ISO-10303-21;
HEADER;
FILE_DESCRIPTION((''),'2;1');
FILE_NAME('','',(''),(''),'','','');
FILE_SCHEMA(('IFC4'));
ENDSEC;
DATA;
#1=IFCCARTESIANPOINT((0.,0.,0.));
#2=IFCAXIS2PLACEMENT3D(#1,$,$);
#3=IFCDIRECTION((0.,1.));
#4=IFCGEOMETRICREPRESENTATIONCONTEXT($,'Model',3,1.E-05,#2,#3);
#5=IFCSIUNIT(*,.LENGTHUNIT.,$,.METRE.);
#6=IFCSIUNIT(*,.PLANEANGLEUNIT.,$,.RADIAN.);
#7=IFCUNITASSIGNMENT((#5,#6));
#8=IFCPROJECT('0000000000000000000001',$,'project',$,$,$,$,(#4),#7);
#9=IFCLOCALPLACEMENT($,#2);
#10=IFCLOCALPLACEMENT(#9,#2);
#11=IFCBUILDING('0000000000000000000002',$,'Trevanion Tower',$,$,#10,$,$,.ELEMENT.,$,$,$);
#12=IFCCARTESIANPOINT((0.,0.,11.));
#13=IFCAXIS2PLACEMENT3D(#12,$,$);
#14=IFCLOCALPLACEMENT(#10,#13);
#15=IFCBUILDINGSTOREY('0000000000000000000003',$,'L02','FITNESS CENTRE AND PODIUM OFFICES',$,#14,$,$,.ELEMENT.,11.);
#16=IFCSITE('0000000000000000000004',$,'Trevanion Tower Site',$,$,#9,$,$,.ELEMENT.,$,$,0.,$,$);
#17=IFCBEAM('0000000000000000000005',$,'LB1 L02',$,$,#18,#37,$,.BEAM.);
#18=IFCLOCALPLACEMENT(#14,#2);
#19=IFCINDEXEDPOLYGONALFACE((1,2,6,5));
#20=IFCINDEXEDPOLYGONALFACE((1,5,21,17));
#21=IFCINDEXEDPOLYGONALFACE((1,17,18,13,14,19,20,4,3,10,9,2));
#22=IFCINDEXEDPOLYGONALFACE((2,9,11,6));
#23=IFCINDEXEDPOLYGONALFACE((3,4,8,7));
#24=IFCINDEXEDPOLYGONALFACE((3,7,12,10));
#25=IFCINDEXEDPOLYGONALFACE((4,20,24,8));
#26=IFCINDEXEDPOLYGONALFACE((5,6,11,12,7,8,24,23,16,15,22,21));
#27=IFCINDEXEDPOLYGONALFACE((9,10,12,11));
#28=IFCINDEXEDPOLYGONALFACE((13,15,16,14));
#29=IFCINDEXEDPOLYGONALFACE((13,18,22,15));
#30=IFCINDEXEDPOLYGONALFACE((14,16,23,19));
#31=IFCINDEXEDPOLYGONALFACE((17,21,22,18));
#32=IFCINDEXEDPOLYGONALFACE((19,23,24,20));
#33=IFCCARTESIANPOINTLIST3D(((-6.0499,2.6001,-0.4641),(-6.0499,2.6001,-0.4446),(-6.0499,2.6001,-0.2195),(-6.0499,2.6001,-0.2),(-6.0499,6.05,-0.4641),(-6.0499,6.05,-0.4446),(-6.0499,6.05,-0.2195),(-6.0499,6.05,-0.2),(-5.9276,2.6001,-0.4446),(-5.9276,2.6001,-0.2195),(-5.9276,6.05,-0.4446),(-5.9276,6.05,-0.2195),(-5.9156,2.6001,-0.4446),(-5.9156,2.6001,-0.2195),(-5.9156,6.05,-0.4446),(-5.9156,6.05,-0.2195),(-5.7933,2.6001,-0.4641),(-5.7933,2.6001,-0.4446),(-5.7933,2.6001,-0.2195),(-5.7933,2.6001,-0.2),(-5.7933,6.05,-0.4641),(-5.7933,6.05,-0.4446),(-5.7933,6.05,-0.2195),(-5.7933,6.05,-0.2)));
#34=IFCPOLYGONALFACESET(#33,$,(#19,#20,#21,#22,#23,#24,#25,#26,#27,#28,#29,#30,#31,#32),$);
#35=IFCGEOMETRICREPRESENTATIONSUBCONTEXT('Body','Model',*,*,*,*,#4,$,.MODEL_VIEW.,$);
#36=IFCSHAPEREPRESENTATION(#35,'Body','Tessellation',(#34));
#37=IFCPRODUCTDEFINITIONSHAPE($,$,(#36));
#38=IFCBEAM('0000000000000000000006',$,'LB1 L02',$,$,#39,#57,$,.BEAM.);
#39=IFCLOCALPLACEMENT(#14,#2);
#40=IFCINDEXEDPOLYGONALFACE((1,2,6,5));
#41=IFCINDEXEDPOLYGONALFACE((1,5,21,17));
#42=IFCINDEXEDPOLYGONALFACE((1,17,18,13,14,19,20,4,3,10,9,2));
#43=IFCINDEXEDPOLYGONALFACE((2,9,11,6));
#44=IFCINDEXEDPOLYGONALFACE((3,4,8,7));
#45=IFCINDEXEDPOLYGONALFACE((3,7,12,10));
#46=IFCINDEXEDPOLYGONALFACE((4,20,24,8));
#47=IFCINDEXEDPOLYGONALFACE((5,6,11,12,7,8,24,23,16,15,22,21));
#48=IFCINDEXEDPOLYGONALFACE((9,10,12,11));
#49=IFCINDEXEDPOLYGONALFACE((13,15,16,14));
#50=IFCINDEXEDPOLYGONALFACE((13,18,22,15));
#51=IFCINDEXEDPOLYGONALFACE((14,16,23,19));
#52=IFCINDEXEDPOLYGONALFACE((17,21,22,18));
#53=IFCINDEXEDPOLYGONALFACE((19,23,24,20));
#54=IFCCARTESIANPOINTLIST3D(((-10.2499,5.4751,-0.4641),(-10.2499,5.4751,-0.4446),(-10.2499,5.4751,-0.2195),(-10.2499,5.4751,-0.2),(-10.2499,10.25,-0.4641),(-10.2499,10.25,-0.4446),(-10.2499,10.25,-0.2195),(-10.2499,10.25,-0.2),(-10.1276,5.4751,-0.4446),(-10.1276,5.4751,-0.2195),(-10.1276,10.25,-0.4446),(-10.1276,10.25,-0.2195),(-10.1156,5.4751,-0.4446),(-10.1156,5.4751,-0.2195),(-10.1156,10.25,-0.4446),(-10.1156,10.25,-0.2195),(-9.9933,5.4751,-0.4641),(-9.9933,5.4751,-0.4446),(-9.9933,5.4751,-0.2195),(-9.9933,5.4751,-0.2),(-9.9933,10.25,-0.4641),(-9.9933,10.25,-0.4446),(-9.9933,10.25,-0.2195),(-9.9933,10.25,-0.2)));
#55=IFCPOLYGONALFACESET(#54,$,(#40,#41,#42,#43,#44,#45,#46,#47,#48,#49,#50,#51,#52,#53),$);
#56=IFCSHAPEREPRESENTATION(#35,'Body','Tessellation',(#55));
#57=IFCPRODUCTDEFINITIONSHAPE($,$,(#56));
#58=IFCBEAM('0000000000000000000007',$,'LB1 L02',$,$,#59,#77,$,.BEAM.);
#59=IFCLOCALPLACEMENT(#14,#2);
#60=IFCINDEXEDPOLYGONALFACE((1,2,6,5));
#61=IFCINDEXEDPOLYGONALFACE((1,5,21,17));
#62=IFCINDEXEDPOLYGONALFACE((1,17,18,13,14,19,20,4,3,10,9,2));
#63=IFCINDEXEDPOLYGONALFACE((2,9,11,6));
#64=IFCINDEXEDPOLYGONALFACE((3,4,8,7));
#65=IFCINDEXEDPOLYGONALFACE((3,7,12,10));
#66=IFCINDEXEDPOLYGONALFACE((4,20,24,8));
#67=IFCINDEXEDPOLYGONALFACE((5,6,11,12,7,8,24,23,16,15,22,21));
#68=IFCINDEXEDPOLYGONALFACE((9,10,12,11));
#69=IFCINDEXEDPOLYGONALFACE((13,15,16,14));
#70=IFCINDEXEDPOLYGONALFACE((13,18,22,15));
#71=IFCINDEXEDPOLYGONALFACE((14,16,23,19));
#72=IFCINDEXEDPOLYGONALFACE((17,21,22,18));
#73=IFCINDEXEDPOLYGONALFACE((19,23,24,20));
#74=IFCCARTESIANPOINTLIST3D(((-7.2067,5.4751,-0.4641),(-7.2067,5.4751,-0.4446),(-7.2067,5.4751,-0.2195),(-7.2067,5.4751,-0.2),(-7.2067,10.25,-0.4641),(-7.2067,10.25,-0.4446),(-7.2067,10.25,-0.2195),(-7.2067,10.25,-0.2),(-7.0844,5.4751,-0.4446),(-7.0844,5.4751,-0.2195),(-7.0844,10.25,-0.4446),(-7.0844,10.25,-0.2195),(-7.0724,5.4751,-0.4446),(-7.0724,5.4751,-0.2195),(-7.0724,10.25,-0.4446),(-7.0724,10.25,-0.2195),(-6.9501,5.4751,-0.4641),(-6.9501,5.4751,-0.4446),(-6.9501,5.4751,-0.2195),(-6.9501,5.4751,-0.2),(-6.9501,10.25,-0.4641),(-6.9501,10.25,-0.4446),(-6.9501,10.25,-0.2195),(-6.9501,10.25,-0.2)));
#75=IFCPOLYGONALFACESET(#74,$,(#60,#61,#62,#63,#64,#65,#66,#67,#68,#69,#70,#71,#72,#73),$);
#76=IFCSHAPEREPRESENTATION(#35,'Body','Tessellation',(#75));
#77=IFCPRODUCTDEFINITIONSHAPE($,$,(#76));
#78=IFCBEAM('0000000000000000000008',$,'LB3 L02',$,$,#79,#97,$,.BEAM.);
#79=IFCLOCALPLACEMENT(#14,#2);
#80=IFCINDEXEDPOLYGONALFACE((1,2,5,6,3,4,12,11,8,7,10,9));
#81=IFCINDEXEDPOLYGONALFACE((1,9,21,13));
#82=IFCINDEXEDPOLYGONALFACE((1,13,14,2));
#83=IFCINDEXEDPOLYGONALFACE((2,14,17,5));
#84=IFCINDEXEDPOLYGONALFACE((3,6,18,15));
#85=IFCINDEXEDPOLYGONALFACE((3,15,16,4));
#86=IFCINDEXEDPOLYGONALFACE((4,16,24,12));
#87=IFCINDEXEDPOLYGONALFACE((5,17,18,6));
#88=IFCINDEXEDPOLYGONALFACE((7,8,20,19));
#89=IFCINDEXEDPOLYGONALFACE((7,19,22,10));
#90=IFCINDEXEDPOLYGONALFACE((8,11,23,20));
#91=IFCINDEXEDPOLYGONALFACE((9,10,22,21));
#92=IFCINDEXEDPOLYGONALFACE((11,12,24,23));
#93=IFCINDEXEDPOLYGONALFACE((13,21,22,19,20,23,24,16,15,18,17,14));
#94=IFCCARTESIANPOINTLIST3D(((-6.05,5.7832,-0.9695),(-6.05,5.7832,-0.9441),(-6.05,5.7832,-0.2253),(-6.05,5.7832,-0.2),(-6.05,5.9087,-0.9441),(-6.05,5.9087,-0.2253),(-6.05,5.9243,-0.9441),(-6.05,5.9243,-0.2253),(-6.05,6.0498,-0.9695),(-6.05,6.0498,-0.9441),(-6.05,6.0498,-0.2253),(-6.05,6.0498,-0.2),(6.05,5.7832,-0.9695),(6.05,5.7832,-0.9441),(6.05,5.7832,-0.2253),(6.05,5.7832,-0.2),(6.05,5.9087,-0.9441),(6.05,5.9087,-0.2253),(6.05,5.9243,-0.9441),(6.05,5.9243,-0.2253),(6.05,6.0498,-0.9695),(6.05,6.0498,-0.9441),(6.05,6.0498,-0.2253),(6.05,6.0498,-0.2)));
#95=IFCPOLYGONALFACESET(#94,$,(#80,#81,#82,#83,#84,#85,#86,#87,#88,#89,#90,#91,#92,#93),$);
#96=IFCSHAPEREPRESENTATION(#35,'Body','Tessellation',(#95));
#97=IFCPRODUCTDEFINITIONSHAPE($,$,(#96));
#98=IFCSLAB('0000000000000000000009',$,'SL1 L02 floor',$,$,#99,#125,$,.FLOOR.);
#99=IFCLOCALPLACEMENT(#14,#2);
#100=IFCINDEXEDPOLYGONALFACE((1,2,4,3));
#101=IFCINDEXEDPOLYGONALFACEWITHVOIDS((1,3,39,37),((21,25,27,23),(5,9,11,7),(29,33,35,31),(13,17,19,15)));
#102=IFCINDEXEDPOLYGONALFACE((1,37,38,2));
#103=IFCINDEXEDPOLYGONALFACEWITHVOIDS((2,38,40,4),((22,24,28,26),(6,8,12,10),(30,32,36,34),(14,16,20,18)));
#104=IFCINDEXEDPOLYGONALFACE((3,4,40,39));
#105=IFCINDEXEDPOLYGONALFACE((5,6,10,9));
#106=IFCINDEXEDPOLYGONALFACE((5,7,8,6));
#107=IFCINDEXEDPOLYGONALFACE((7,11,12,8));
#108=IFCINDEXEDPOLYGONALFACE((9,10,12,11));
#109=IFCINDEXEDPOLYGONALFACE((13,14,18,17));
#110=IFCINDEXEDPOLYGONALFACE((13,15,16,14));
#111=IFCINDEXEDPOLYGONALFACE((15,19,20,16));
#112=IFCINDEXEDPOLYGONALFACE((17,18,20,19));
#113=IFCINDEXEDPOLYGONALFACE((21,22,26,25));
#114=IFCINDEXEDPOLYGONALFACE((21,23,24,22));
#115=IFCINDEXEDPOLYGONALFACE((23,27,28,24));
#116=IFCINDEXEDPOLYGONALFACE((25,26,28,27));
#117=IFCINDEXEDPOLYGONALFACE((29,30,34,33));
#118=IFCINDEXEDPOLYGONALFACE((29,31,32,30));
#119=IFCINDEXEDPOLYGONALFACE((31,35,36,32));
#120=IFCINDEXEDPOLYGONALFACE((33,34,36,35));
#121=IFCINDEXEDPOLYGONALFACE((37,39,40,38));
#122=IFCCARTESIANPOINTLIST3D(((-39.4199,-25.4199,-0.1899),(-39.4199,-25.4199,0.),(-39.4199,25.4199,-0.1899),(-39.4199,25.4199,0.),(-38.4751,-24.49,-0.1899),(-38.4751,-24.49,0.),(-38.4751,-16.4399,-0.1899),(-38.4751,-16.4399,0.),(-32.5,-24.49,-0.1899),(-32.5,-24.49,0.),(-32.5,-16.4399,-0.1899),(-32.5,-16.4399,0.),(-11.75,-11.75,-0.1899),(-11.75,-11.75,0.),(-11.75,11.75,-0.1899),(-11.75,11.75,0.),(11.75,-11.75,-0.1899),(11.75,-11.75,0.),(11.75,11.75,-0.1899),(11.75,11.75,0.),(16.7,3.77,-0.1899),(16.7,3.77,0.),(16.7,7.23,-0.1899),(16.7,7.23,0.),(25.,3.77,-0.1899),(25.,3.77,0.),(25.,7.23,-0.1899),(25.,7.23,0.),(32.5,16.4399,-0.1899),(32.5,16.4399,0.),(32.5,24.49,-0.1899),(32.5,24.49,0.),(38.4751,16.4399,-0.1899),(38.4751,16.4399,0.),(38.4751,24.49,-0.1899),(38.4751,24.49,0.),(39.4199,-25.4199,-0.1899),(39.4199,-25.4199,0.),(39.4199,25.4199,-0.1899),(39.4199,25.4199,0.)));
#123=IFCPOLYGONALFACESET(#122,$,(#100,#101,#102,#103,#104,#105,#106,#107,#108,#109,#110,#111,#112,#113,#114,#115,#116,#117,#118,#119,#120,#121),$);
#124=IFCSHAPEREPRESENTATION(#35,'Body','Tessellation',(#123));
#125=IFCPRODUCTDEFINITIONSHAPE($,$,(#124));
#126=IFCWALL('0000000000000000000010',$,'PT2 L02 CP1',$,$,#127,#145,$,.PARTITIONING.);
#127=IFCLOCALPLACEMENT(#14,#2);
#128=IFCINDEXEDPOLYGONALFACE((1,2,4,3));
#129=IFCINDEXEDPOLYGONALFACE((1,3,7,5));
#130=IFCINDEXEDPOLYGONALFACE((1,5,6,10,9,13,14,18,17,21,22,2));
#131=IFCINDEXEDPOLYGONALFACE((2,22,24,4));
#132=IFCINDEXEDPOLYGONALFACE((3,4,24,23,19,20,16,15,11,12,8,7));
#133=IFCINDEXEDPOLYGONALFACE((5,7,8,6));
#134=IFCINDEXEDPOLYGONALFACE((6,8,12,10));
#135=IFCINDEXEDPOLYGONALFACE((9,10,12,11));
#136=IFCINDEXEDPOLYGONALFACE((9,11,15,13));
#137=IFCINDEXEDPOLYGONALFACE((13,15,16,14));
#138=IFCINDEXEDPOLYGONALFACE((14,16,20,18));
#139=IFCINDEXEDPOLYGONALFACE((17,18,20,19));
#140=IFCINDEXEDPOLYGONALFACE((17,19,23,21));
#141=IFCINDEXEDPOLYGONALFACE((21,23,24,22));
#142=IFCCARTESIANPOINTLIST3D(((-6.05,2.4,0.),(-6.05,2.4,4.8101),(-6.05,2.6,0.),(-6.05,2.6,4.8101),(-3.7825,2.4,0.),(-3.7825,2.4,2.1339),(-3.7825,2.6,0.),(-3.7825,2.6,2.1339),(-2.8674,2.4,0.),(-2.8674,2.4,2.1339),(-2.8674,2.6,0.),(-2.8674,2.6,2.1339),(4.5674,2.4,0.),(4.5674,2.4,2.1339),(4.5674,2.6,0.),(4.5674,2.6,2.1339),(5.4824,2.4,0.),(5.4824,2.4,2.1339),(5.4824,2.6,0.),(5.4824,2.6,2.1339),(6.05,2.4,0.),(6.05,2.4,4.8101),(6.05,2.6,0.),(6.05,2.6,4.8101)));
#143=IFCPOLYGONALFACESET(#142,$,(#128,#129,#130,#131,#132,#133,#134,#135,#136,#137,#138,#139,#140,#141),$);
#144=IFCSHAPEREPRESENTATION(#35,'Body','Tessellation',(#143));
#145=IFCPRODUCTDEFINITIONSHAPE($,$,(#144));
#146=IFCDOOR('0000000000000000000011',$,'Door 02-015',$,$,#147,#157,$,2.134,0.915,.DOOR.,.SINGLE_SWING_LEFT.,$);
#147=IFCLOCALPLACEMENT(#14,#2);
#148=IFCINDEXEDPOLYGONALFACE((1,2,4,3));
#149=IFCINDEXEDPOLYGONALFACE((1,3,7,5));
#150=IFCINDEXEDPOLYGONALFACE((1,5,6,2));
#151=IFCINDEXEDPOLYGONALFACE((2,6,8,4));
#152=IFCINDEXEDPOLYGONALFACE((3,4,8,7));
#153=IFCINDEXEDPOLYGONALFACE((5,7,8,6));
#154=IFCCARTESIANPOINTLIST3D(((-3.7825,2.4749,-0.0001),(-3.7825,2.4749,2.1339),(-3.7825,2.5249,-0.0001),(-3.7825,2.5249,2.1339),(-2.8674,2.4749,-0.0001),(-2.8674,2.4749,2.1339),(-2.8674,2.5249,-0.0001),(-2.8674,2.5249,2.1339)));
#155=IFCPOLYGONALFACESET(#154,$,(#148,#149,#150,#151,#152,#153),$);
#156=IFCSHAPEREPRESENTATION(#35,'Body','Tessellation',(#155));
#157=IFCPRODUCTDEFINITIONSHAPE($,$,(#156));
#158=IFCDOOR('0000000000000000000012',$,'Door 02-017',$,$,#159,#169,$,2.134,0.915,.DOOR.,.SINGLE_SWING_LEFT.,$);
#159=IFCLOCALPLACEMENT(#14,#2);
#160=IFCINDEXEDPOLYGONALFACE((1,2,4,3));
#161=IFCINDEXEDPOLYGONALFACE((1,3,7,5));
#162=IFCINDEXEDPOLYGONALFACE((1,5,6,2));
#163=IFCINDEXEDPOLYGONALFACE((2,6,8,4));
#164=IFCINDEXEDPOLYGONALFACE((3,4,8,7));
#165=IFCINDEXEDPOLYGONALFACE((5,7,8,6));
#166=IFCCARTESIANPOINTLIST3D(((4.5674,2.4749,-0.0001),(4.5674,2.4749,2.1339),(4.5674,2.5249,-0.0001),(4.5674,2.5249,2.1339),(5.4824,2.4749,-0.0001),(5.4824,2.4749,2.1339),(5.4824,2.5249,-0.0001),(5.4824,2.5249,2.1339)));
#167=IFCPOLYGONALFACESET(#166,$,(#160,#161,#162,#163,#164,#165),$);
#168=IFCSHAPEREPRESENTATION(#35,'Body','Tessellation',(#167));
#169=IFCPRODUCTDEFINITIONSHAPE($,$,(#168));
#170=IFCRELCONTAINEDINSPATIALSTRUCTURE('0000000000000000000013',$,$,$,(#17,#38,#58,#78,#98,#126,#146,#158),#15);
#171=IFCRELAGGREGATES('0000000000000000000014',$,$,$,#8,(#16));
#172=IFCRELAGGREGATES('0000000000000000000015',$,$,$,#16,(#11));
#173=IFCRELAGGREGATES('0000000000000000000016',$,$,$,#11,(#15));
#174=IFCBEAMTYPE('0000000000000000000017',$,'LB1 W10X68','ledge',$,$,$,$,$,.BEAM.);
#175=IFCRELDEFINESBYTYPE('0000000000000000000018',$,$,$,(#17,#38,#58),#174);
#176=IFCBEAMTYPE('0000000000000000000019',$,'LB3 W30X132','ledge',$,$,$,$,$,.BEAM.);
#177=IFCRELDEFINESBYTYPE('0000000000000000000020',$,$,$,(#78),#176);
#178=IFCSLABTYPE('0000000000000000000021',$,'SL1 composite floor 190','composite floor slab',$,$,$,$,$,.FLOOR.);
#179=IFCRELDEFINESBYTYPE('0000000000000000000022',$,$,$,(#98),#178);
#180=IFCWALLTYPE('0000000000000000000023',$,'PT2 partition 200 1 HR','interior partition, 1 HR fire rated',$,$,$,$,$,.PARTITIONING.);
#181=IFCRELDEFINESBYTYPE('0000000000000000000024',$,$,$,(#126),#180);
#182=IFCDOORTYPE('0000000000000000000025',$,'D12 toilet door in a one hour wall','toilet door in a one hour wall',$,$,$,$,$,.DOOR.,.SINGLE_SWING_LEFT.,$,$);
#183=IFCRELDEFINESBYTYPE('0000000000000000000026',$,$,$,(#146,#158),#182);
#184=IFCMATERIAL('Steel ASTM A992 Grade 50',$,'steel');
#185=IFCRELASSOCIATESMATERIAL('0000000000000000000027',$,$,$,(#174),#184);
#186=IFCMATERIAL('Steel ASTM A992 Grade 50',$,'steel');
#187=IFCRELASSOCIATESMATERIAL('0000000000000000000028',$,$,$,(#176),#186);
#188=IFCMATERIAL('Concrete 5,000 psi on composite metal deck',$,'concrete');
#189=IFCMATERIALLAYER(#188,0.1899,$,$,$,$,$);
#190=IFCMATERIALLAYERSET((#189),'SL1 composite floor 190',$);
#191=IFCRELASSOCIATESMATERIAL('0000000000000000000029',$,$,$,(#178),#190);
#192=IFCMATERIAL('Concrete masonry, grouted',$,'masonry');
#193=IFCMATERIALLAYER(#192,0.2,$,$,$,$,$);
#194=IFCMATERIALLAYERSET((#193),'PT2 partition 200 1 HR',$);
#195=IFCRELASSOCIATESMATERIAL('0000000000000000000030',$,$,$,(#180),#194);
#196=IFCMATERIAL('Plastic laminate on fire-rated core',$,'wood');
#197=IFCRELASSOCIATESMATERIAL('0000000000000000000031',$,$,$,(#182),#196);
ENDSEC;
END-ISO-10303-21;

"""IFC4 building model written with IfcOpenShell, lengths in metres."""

from ifc_helpers import new_model, si_unit, direction, frame, frame_2d, origin, origin_2d, place, context, subcontext, project, spatial, polyline, rectangle, i_section, outline, extrude, material, layer, layer_set, material_profile, profile_set, type_object, element, fill, save


model = new_model("IFC4")

# Units and contexts
model_context = context("Model", 3, precision=1e-05, world=origin(), true_north=direction((0.0, 1.0)))
body_context = subcontext(model_context, "Body", "Model", "MODEL_VIEW")
ifc_project = project(units=[si_unit("LENGTHUNIT", "METRE"), si_unit("PLANEANGLEUNIT", "RADIAN")], contexts=[model_context])

# Site, building, storey
site_placement = place(None, origin())
site = spatial("IfcSite", under=ifc_project, at=site_placement, Name="Trevanion Tower Site", CompositionType="ELEMENT", RefElevation=0.0)
building_placement = place(site_placement, origin())
building = spatial("IfcBuilding", under=site, at=building_placement, Name="Trevanion Tower", CompositionType="ELEMENT")
storey_placement = place(building_placement, frame((0.0, 0.0, 11.0)))
storey = spatial("IfcBuildingStorey", under=building, at=storey_placement, Name="L02", Description="FITNESS CENTRE AND PODIUM OFFICES", CompositionType="ELEMENT", Elevation=11.0)

# Beams
ifc_material_1 = material(Name="Steel ASTM A992 Grade 50", Category="steel")
ifc_material_profile_1 = material_profile(ifc_material_1, i_section(OverallWidth=0.2566, OverallDepth=0.2642, WebThickness=0.012, FlangeThickness=0.0195, at=origin_2d()), Name="W10X68")
ifc_profile_set_1 = profile_set([ifc_material_profile_1], Name="Steel ASTM A992 Grade 50")
beam_type_1 = type_object("IfcBeamType", Name="LB1 W10X68", Description="ledge", PredefinedType="BEAM", material=ifc_profile_set_1)
beam_1_placement = place(storey_placement, frame((-5.9216, 2.6001, -0.332), z_axis=(0.0, 1.0, 0.0), x_axis=(-1.0, 0.0, 0.0)))
element("IfcBeam", 1, at=beam_1_placement, inside=storey, type_object=beam_type_1, Name="LB1 L02", PredefinedType="BEAM", context=body_context, shape_type="SweptSolid", body=[
    extrude(i_section(OverallWidth=0.2566, OverallDepth=0.2642, WebThickness=0.012, FlangeThickness=0.0195, at=origin_2d()), origin(), (0.0, 0.0, 1.0), 3.45),
])
for number, where, z_axis, x_axis, name in (
    (2, (-10.1216, 5.4751, -0.332), (0.0, 1.0, 0.0), (-1.0, 0.0, 0.0), "LB1 L02"),
    (3, (-7.0784, 5.4751, -0.332), (0.0, 1.0, 0.0), (-1.0, 0.0, 0.0), "LB1 L02"),
):
    element("IfcBeam", number, at=place(storey_placement, frame(where, z_axis=z_axis, x_axis=x_axis)), inside=storey, type_object=beam_type_1, Name=name, PredefinedType="BEAM", context=body_context, shape_type="SweptSolid", body=[
        extrude(i_section(OverallWidth=0.2566, OverallDepth=0.2642, WebThickness=0.012, FlangeThickness=0.0195, at=origin_2d()), origin(), (0.0, 0.0, 1.0), 4.7749),
    ])
ifc_material_2 = material(Name="Steel ASTM A992 Grade 50", Category="steel")
ifc_material_profile_2 = material_profile(ifc_material_2, i_section(OverallWidth=0.2666, OverallDepth=0.7695, WebThickness=0.0156, FlangeThickness=0.0254, at=origin_2d()), Name="W30X132")
ifc_profile_set_2 = profile_set([ifc_material_profile_2], Name="Steel ASTM A992 Grade 50")
beam_type_2 = type_object("IfcBeamType", Name="LB3 W30X132", Description="ledge", PredefinedType="BEAM", material=ifc_profile_set_2)
beam_2_placement = place(storey_placement, frame((-6.05, 5.9165, -0.5847), z_axis=(1.0, 0.0, 0.0), x_axis=(0.0, 1.0, 0.0)))
element("IfcBeam", 4, at=beam_2_placement, inside=storey, type_object=beam_type_2, Name="LB3 L02", PredefinedType="BEAM", context=body_context, shape_type="SweptSolid", body=[
    extrude(i_section(OverallWidth=0.2666, OverallDepth=0.7695, WebThickness=0.0156, FlangeThickness=0.0254, at=origin_2d()), origin(), (0.0, 0.0, 1.0), 12.1001),
])

# Slab
ifc_material_3 = material(Name="Concrete 5,000 psi on composite metal deck", Category="concrete")
ifc_layer_1 = layer(ifc_material_3, 0.1899)
ifc_layer_set_1 = layer_set([ifc_layer_1], Name="SL1 composite floor 190")
slab_type = type_object("IfcSlabType", Name="SL1 composite floor 190", Description="composite floor slab", PredefinedType="FLOOR", material=ifc_layer_set_1)
slab_placement = place(storey_placement, frame((0.0, 0.0, -0.1899)))
element("IfcSlab", 5, at=slab_placement, inside=storey, type_object=slab_type, Name="SL1 L02 floor", PredefinedType="FLOOR", context=body_context, shape_type="SweptSolid", body=[
    extrude(outline(polyline([(39.4199, -25.4199), (39.4199, 25.4199), (-39.4199, 25.4199), (-39.4199, -25.4199), (39.4199, -25.4199)]), holes=[polyline([(11.75, -11.75), (11.75, 11.75), (-11.75, 11.75), (-11.75, -11.75), (11.75, -11.75)]), polyline([(32.5, 16.4399), (38.4751, 16.4399), (38.4751, 24.49), (32.5, 24.49), (32.5, 16.4399)]), polyline([(-32.5, -16.4399), (-38.4751, -16.4399), (-38.4751, -24.49), (-32.5, -24.49), (-32.5, -16.4399)]), polyline([(16.7, 3.77), (25.0, 3.77), (25.0, 7.23), (16.7, 7.23), (16.7, 3.77)])]), origin(), (0.0, 0.0, 1.0), 0.1899),
])

# Wall, openings, doors
ifc_material_4 = material(Name="Concrete masonry, grouted", Category="masonry")
ifc_layer_2 = layer(ifc_material_4, 0.2)
ifc_layer_set_2 = layer_set([ifc_layer_2], Name="PT2 partition 200 1 HR")
wall_type_1 = type_object("IfcWallType", Name="PT2 partition 200 1 HR", Description="interior partition, 1 HR fire rated", PredefinedType="PARTITIONING", material=ifc_layer_set_2)
wall_1_placement = place(storey_placement, frame((-6.05, 2.5, 0.0), z_axis=(0.0, 0.0, 1.0), x_axis=(1.0, 0.0, 0.0)))
wall_1 = element("IfcWall", 6, at=wall_1_placement, inside=storey, type_object=wall_type_1, Name="PT2 L02 CP1", PredefinedType="PARTITIONING", context=body_context, shape_type="SweptSolid", body=[
    extrude(rectangle(XDim=12.1001, YDim=0.2, at=frame_2d((6.05, 0.0))), origin(), (0.0, 0.0, 1.0), 4.8101),
])
opening_1_placement = place(wall_1_placement, frame((2.2676, 0.0, 0.0)))
opening_1 = element("IfcOpeningElement", 7, at=opening_1_placement, cuts=wall_1, PredefinedType="OPENING", context=body_context, shape_type="SweptSolid", body=[
    extrude(rectangle(XDim=0.915, YDim=2.134, at=frame_2d((0.4575, 1.0669))), frame((0.0, 0.1099, 0.0), z_axis=(0.0, -1.0, 0.0), x_axis=(1.0, 0.0, 0.0)), (0.0, 0.0, 1.0), 0.22),
])
opening_2_placement = place(wall_1_placement, frame((10.6174, 0.0, 0.0)))
opening_2 = element("IfcOpeningElement", 8, at=opening_2_placement, cuts=wall_1, PredefinedType="OPENING", context=body_context, shape_type="SweptSolid", body=[
    extrude(rectangle(XDim=0.915, YDim=2.134, at=frame_2d((0.4575, 1.0669))), frame((0.0, 0.1099, 0.0), z_axis=(0.0, -1.0, 0.0), x_axis=(1.0, 0.0, 0.0)), (0.0, 0.0, 1.0), 0.22),
])
ifc_material_5 = material(Name="Plastic laminate on fire-rated core", Category="wood")
door_type = type_object("IfcDoorType", Name="D12 toilet door in a one hour wall", Description="toilet door in a one hour wall", OperationType="SINGLE_SWING_LEFT", PredefinedType="DOOR", material=ifc_material_5)
door_1_placement = place(opening_1_placement, origin())
door_1 = element("IfcDoor", 9, at=door_1_placement, inside=storey, type_object=door_type, Name="Door 02-015", OperationType="SINGLE_SWING_LEFT", OverallHeight=2.134, OverallWidth=0.915, PredefinedType="DOOR", context=body_context, shape_type="SweptSolid", body=[
    extrude(rectangle(XDim=0.915, YDim=2.134, at=frame_2d((0.4575, 1.0669))), frame((0.0, 0.0249, 0.0), z_axis=(0.0, -1.0, 0.0), x_axis=(1.0, 0.0, 0.0)), (0.0, 0.0, 1.0), 0.05),
])
fill(opening_1, door_1)
door_2_placement = place(opening_2_placement, origin())
door_2 = element("IfcDoor", 10, at=door_2_placement, inside=storey, type_object=door_type, Name="Door 02-017", OperationType="SINGLE_SWING_LEFT", OverallHeight=2.134, OverallWidth=0.915, PredefinedType="DOOR", context=body_context, shape_type="SweptSolid", body=[
    extrude(rectangle(XDim=0.915, YDim=2.134, at=frame_2d((0.4575, 1.0669))), frame((0.0, 0.0249, 0.0), z_axis=(0.0, -1.0, 0.0), x_axis=(1.0, 0.0, 0.0)), (0.0, 0.0, 1.0), 0.05),
])
fill(opening_2, door_2)

save(model, "model.ifc")
